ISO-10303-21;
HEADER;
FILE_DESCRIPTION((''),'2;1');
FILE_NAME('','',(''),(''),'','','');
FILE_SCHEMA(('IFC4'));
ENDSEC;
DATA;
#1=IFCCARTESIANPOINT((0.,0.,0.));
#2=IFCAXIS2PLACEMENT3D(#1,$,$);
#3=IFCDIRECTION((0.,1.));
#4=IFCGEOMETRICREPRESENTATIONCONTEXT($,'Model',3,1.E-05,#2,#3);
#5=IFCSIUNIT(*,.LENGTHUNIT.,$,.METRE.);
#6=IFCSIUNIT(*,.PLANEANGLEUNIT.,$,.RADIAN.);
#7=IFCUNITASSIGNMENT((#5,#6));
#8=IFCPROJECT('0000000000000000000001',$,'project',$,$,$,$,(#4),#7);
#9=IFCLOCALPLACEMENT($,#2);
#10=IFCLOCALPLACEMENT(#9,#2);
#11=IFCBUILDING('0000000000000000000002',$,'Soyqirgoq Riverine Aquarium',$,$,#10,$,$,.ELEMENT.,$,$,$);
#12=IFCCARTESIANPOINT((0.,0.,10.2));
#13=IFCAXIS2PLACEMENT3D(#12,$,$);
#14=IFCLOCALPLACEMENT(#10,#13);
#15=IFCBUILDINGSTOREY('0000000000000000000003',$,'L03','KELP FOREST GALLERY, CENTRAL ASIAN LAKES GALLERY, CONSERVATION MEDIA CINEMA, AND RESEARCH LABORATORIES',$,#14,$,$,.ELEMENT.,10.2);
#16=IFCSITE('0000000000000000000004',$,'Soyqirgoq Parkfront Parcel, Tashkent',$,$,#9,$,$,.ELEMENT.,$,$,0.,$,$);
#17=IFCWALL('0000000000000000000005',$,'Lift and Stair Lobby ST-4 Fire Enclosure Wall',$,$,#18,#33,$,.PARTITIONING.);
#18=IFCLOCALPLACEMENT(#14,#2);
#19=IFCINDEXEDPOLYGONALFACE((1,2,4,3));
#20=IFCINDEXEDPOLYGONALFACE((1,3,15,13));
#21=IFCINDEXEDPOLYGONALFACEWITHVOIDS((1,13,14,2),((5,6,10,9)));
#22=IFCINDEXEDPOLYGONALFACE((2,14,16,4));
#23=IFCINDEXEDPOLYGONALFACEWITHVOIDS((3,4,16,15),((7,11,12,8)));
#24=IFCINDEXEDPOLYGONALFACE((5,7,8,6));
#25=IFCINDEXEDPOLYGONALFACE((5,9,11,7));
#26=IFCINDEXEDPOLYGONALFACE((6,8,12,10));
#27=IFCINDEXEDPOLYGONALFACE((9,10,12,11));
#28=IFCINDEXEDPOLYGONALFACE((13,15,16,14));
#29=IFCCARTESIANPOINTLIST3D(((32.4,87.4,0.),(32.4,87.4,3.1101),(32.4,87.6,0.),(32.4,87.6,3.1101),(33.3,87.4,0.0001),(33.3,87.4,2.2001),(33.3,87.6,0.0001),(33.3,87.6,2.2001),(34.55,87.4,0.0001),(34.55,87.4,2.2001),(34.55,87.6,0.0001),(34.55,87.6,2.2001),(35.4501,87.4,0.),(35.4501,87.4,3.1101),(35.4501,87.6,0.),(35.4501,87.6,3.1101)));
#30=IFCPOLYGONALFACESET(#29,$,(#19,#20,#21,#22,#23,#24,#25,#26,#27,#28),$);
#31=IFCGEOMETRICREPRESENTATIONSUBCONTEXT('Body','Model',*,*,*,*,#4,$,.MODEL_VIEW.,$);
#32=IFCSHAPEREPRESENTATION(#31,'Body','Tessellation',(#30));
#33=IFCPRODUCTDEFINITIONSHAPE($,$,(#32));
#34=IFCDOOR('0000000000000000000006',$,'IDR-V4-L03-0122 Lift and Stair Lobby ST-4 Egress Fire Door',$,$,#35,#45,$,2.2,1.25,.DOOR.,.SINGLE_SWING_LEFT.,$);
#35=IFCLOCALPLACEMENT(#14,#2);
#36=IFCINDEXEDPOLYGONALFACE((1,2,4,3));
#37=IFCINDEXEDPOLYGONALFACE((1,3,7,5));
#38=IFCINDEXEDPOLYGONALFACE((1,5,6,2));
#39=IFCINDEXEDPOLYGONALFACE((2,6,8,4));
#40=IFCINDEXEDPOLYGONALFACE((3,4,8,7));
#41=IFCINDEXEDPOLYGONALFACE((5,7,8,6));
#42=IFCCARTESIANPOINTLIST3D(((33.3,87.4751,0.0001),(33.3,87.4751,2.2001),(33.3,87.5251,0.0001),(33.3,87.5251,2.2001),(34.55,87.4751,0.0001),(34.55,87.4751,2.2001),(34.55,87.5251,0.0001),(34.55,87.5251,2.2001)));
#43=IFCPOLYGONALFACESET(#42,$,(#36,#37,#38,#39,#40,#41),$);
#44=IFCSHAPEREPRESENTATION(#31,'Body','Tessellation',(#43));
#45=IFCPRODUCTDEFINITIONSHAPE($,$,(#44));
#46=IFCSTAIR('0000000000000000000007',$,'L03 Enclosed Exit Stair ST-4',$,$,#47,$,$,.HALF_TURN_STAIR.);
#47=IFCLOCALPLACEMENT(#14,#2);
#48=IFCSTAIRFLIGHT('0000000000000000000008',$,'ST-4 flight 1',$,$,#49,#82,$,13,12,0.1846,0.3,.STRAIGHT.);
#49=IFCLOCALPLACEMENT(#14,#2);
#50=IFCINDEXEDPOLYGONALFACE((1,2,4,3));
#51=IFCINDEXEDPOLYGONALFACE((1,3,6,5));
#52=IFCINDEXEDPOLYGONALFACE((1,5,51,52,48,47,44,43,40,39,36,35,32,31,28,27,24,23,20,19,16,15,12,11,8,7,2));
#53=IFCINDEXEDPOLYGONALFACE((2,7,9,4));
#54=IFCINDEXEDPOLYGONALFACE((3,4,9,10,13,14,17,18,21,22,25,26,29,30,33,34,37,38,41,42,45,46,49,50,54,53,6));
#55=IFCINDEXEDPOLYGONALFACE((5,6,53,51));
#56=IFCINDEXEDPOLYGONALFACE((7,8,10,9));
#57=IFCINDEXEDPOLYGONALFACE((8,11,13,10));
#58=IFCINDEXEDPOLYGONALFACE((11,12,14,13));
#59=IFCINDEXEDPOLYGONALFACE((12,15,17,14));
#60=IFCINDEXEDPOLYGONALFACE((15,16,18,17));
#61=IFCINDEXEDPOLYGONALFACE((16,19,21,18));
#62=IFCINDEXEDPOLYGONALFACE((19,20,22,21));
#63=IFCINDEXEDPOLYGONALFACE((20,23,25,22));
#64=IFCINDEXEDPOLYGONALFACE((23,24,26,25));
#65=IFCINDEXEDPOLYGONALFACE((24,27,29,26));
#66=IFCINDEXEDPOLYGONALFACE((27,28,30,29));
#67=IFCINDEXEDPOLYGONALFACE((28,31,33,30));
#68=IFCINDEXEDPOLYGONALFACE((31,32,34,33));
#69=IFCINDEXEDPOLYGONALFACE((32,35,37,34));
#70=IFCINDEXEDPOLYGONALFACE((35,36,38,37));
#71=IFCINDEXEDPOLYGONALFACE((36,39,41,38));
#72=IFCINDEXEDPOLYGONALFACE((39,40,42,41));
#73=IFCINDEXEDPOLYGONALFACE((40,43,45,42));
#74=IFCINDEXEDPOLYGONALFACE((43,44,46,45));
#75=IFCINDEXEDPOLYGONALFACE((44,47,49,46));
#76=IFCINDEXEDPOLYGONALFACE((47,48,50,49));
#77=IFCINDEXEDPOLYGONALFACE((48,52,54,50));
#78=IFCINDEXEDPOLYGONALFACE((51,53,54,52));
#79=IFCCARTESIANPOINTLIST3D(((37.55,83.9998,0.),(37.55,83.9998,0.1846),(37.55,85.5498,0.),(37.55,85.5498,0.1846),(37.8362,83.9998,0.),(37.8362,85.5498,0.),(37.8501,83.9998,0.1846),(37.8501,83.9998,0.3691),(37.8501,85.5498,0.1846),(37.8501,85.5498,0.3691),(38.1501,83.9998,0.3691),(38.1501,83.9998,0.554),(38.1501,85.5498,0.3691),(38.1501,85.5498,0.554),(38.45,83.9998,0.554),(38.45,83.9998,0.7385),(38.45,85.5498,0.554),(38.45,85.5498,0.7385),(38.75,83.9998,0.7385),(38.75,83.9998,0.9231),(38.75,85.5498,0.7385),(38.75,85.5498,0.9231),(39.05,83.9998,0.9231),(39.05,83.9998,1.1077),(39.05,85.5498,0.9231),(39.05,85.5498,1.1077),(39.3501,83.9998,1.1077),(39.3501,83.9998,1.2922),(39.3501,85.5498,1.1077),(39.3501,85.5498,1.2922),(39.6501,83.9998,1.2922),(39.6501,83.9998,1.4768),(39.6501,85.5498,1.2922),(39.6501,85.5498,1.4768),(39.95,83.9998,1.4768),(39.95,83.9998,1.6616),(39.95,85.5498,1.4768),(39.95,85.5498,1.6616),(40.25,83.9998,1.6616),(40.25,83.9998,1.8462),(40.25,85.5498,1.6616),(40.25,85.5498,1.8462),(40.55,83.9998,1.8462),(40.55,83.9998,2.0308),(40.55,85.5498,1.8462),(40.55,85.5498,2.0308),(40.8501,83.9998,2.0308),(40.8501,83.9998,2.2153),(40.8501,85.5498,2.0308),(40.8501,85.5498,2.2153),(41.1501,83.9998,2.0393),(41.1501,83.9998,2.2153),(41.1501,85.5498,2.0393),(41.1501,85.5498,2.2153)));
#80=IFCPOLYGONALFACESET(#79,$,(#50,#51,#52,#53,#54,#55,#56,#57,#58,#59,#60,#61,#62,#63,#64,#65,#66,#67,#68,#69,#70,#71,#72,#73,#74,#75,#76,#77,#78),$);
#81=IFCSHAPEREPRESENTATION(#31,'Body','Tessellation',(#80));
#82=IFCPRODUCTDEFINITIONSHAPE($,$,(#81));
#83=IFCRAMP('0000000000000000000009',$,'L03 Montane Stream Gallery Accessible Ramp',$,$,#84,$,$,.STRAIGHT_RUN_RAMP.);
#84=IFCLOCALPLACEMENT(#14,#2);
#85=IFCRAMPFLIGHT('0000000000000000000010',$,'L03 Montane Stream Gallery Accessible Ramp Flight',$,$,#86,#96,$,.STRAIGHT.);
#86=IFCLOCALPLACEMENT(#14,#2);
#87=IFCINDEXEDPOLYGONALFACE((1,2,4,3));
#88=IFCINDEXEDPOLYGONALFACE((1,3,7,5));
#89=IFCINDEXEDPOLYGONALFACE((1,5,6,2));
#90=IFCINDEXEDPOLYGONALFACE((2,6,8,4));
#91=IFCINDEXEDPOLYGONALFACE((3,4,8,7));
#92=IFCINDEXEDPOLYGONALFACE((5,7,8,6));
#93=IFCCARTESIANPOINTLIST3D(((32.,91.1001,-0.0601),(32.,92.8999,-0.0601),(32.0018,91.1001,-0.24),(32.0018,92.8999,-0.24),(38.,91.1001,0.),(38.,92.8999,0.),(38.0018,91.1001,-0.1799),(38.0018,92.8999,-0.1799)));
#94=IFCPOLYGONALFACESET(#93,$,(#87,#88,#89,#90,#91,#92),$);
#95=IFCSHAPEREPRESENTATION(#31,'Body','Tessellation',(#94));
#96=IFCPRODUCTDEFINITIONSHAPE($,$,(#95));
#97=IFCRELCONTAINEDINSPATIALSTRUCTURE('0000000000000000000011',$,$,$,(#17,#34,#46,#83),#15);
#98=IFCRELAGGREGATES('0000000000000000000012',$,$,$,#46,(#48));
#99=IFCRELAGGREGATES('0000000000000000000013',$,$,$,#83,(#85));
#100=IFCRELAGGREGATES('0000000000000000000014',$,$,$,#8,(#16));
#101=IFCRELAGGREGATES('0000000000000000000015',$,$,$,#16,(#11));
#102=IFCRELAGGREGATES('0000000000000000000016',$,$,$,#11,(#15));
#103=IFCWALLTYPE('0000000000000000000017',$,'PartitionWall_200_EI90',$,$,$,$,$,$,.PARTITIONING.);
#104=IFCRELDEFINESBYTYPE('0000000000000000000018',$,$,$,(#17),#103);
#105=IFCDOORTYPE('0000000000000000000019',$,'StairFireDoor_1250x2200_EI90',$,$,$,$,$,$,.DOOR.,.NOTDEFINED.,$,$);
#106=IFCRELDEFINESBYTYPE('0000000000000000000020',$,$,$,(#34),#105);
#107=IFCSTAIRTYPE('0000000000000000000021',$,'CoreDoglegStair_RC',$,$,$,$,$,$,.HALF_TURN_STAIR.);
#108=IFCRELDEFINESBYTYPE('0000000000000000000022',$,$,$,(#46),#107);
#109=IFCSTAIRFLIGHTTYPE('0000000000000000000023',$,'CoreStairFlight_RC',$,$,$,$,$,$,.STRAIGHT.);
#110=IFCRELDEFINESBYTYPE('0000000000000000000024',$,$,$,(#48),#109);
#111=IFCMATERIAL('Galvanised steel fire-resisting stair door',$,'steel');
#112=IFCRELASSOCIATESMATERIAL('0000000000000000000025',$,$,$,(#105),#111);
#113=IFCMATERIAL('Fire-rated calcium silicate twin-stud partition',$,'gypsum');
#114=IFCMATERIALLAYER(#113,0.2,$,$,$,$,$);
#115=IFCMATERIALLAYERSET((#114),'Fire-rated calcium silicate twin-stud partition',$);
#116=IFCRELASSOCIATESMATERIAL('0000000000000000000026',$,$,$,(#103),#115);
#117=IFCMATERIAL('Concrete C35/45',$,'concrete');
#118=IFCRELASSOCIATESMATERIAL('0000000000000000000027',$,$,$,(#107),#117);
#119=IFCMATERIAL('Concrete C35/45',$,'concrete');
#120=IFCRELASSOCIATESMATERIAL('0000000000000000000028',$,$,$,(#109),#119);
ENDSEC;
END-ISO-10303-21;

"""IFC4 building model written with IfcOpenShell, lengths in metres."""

from ifc_helpers import new_model, si_unit, direction, frame, frame_2d, origin, place, context, subcontext, project, spatial, polyline, rectangle, outline, extrude, material, layer, layer_set, type_object, element, fill, aggregate, save


model = new_model("IFC4")

# Units and contexts
model_context = context("Model", 3, precision=1e-05, world=origin(), true_north=direction((0.0, 1.0)))
body_context = subcontext(model_context, "Body", "Model", "MODEL_VIEW")
ifc_project = project(units=[si_unit("LENGTHUNIT", "METRE"), si_unit("PLANEANGLEUNIT", "RADIAN")], contexts=[model_context])

# Site, building, storey
site_placement = place(None, origin())
site = spatial("IfcSite", under=ifc_project, at=site_placement, Name="Soyqirgoq Parkfront Parcel, Tashkent", CompositionType="ELEMENT", RefElevation=0.0)
building_placement = place(site_placement, origin())
building = spatial("IfcBuilding", under=site, at=building_placement, Name="Soyqirgoq Riverine Aquarium", CompositionType="ELEMENT")
storey_placement = place(building_placement, frame((0.0, 0.0, 10.2)))
storey = spatial("IfcBuildingStorey", under=building, at=storey_placement, Name="L03", Description="KELP FOREST GALLERY, CENTRAL ASIAN LAKES GALLERY, CONSERVATION MEDIA CINEMA, AND RESEARCH LABORATORIES", CompositionType="ELEMENT", Elevation=10.2)

# Shared definitions
ifc_material_1 = material(Name="Galvanised steel fire-resisting stair door", Category="steel")
door_type_1 = type_object("IfcDoorType", Name="StairFireDoor_1250x2200_EI90", OperationType="NOTDEFINED", PredefinedType="DOOR", material=ifc_material_1)

# Wall, opening, door
ifc_material_2 = material(Name="Fire-rated calcium silicate twin-stud partition", Category="gypsum")
ifc_layer_1 = layer(ifc_material_2, 0.2)
ifc_layer_set_1 = layer_set([ifc_layer_1], Name="Fire-rated calcium silicate twin-stud partition")
wall_type_1 = type_object("IfcWallType", Name="PartitionWall_200_EI90", PredefinedType="PARTITIONING", material=ifc_layer_set_1)
wall_1_placement = place(storey_placement, frame((35.45, 87.5, 0.0), z_axis=(0.0, 0.0, 1.0), x_axis=(-1.0, 0.0, 0.0)))
wall_1 = element("IfcWall", 1, at=wall_1_placement, inside=storey, type_object=wall_type_1, Name="Lift and Stair Lobby ST-4 Fire Enclosure Wall", PredefinedType="PARTITIONING", context=body_context, shape_type="SweptSolid", body=[
    extrude(rectangle(XDim=3.05, YDim=0.2, at=frame_2d((1.5249, 0.0))), origin(), (0.0, 0.0, 1.0), 3.1101),
])
opening_1_placement = place(wall_1_placement, frame((0.8999, 0.0, 0.0)))
opening_1 = element("IfcOpeningElement", 2, at=opening_1_placement, cuts=wall_1, PredefinedType="OPENING", context=body_context, shape_type="SweptSolid", body=[
    extrude(rectangle(XDim=1.25, YDim=2.2, at=frame_2d((0.625, 1.1001))), frame((0.0, 0.1099, 0.0), z_axis=(0.0, -1.0, 0.0), x_axis=(1.0, 0.0, 0.0)), (0.0, 0.0, 1.0), 0.22),
])
door_1_placement = place(opening_1_placement, origin())
door_1 = element("IfcDoor", 3, at=door_1_placement, inside=storey, type_object=door_type_1, Name="IDR-V4-L03-0122 Lift and Stair Lobby ST-4 Egress Fire Door", OperationType="SINGLE_SWING_LEFT", OverallHeight=2.2, OverallWidth=1.25, PredefinedType="DOOR", context=body_context, shape_type="SweptSolid", body=[
    extrude(rectangle(XDim=1.25, YDim=2.2, at=frame_2d((0.625, 1.1001))), frame((0.0, 0.0249, 0.0), z_axis=(0.0, -1.0, 0.0), x_axis=(1.0, 0.0, 0.0)), (0.0, 0.0, 1.0), 0.05),
])
fill(opening_1, door_1)

# Stair, stair flight
ifc_material_3 = material(Name="Concrete C35/45", Category="concrete")
stair_type = type_object("IfcStairType", Name="CoreDoglegStair_RC", PredefinedType="HALF_TURN_STAIR", material=ifc_material_3)
stair_placement = place(storey_placement, origin())
stair = element("IfcStair", 4, at=stair_placement, inside=storey, type_object=stair_type, Name="L03 Enclosed Exit Stair ST-4", PredefinedType="HALF_TURN_STAIR")
ifc_material_4 = material(Name="Concrete C35/45", Category="concrete")
stair_flight_type = type_object("IfcStairFlightType", Name="CoreStairFlight_RC", PredefinedType="STRAIGHT", material=ifc_material_4)
stair_flight_placement = place(storey_placement, frame((37.55, 84.7749, 0.0), z_axis=(0.0, 0.0, 1.0), x_axis=(1.0, 0.0, 0.0)))
stair_flight = element("IfcStairFlight", 5, at=stair_flight_placement, type_object=stair_flight_type, Name="ST-4 flight 1", NumberOfRisers=13, NumberOfTreads=12, PredefinedType="STRAIGHT", RiserHeight=0.1846, TreadLength=0.3, context=body_context, shape_type="SweptSolid", body=[
    extrude(outline(polyline([(0.0, 0.0), (0.0, 0.1846), (0.3, 0.1846), (0.3, 0.3691), (0.6001, 0.3691), (0.6001, 0.554), (0.8999, 0.554), (0.8999, 0.7385), (1.2, 0.7385), (1.2, 0.9231), (1.5, 0.9231), (1.5, 1.1077), (1.8, 1.1077), (1.8, 1.2922), (2.1001, 1.2922), (2.1001, 1.4768), (2.3999, 1.4768), (2.3999, 1.6616), (2.7, 1.6616), (2.7, 1.8462), (3.0, 1.8462), (3.0, 2.0308), (3.3, 2.0308), (3.3, 2.2153), (3.6001, 2.2153), (3.6001, 2.3999), (3.6001, 2.0393), (0.2861, 0.0), (0.0, 0.0)])), frame((0.0, 0.7749, 0.0), z_axis=(0.0, -1.0, 0.0), x_axis=(1.0, 0.0, 0.0)), (0.0, 0.0, 1.0), 1.55),
])
aggregate(stair, [stair_flight])

# Ramp, ramp flight
ramp_placement = place(storey_placement, origin())
ramp = element("IfcRamp", 6, at=ramp_placement, inside=storey, Name="L03 Montane Stream Gallery Accessible Ramp", PredefinedType="STRAIGHT_RUN_RAMP")
ramp_flight_placement = place(storey_placement, frame((32.0, 91.1001, -0.0601), z_axis=(-0.010009, 0.0, 0.99995), x_axis=(0.99995, 0.0, 0.010009)))
ramp_flight = element("IfcRampFlight", 7, at=ramp_flight_placement, Name="L03 Montane Stream Gallery Accessible Ramp Flight", PredefinedType="STRAIGHT", context=body_context, shape_type="SweptSolid", body=[
    extrude(outline(polyline([(0.0, 0.0), (6.0003, 0.0), (6.0003, 1.7998), (0.0, 1.7998), (0.0, 0.0)])), origin(), (0.0, 0.0, -1.0), 0.1799),
])
aggregate(ramp, [ramp_flight])

save(model, "model.ifc")
